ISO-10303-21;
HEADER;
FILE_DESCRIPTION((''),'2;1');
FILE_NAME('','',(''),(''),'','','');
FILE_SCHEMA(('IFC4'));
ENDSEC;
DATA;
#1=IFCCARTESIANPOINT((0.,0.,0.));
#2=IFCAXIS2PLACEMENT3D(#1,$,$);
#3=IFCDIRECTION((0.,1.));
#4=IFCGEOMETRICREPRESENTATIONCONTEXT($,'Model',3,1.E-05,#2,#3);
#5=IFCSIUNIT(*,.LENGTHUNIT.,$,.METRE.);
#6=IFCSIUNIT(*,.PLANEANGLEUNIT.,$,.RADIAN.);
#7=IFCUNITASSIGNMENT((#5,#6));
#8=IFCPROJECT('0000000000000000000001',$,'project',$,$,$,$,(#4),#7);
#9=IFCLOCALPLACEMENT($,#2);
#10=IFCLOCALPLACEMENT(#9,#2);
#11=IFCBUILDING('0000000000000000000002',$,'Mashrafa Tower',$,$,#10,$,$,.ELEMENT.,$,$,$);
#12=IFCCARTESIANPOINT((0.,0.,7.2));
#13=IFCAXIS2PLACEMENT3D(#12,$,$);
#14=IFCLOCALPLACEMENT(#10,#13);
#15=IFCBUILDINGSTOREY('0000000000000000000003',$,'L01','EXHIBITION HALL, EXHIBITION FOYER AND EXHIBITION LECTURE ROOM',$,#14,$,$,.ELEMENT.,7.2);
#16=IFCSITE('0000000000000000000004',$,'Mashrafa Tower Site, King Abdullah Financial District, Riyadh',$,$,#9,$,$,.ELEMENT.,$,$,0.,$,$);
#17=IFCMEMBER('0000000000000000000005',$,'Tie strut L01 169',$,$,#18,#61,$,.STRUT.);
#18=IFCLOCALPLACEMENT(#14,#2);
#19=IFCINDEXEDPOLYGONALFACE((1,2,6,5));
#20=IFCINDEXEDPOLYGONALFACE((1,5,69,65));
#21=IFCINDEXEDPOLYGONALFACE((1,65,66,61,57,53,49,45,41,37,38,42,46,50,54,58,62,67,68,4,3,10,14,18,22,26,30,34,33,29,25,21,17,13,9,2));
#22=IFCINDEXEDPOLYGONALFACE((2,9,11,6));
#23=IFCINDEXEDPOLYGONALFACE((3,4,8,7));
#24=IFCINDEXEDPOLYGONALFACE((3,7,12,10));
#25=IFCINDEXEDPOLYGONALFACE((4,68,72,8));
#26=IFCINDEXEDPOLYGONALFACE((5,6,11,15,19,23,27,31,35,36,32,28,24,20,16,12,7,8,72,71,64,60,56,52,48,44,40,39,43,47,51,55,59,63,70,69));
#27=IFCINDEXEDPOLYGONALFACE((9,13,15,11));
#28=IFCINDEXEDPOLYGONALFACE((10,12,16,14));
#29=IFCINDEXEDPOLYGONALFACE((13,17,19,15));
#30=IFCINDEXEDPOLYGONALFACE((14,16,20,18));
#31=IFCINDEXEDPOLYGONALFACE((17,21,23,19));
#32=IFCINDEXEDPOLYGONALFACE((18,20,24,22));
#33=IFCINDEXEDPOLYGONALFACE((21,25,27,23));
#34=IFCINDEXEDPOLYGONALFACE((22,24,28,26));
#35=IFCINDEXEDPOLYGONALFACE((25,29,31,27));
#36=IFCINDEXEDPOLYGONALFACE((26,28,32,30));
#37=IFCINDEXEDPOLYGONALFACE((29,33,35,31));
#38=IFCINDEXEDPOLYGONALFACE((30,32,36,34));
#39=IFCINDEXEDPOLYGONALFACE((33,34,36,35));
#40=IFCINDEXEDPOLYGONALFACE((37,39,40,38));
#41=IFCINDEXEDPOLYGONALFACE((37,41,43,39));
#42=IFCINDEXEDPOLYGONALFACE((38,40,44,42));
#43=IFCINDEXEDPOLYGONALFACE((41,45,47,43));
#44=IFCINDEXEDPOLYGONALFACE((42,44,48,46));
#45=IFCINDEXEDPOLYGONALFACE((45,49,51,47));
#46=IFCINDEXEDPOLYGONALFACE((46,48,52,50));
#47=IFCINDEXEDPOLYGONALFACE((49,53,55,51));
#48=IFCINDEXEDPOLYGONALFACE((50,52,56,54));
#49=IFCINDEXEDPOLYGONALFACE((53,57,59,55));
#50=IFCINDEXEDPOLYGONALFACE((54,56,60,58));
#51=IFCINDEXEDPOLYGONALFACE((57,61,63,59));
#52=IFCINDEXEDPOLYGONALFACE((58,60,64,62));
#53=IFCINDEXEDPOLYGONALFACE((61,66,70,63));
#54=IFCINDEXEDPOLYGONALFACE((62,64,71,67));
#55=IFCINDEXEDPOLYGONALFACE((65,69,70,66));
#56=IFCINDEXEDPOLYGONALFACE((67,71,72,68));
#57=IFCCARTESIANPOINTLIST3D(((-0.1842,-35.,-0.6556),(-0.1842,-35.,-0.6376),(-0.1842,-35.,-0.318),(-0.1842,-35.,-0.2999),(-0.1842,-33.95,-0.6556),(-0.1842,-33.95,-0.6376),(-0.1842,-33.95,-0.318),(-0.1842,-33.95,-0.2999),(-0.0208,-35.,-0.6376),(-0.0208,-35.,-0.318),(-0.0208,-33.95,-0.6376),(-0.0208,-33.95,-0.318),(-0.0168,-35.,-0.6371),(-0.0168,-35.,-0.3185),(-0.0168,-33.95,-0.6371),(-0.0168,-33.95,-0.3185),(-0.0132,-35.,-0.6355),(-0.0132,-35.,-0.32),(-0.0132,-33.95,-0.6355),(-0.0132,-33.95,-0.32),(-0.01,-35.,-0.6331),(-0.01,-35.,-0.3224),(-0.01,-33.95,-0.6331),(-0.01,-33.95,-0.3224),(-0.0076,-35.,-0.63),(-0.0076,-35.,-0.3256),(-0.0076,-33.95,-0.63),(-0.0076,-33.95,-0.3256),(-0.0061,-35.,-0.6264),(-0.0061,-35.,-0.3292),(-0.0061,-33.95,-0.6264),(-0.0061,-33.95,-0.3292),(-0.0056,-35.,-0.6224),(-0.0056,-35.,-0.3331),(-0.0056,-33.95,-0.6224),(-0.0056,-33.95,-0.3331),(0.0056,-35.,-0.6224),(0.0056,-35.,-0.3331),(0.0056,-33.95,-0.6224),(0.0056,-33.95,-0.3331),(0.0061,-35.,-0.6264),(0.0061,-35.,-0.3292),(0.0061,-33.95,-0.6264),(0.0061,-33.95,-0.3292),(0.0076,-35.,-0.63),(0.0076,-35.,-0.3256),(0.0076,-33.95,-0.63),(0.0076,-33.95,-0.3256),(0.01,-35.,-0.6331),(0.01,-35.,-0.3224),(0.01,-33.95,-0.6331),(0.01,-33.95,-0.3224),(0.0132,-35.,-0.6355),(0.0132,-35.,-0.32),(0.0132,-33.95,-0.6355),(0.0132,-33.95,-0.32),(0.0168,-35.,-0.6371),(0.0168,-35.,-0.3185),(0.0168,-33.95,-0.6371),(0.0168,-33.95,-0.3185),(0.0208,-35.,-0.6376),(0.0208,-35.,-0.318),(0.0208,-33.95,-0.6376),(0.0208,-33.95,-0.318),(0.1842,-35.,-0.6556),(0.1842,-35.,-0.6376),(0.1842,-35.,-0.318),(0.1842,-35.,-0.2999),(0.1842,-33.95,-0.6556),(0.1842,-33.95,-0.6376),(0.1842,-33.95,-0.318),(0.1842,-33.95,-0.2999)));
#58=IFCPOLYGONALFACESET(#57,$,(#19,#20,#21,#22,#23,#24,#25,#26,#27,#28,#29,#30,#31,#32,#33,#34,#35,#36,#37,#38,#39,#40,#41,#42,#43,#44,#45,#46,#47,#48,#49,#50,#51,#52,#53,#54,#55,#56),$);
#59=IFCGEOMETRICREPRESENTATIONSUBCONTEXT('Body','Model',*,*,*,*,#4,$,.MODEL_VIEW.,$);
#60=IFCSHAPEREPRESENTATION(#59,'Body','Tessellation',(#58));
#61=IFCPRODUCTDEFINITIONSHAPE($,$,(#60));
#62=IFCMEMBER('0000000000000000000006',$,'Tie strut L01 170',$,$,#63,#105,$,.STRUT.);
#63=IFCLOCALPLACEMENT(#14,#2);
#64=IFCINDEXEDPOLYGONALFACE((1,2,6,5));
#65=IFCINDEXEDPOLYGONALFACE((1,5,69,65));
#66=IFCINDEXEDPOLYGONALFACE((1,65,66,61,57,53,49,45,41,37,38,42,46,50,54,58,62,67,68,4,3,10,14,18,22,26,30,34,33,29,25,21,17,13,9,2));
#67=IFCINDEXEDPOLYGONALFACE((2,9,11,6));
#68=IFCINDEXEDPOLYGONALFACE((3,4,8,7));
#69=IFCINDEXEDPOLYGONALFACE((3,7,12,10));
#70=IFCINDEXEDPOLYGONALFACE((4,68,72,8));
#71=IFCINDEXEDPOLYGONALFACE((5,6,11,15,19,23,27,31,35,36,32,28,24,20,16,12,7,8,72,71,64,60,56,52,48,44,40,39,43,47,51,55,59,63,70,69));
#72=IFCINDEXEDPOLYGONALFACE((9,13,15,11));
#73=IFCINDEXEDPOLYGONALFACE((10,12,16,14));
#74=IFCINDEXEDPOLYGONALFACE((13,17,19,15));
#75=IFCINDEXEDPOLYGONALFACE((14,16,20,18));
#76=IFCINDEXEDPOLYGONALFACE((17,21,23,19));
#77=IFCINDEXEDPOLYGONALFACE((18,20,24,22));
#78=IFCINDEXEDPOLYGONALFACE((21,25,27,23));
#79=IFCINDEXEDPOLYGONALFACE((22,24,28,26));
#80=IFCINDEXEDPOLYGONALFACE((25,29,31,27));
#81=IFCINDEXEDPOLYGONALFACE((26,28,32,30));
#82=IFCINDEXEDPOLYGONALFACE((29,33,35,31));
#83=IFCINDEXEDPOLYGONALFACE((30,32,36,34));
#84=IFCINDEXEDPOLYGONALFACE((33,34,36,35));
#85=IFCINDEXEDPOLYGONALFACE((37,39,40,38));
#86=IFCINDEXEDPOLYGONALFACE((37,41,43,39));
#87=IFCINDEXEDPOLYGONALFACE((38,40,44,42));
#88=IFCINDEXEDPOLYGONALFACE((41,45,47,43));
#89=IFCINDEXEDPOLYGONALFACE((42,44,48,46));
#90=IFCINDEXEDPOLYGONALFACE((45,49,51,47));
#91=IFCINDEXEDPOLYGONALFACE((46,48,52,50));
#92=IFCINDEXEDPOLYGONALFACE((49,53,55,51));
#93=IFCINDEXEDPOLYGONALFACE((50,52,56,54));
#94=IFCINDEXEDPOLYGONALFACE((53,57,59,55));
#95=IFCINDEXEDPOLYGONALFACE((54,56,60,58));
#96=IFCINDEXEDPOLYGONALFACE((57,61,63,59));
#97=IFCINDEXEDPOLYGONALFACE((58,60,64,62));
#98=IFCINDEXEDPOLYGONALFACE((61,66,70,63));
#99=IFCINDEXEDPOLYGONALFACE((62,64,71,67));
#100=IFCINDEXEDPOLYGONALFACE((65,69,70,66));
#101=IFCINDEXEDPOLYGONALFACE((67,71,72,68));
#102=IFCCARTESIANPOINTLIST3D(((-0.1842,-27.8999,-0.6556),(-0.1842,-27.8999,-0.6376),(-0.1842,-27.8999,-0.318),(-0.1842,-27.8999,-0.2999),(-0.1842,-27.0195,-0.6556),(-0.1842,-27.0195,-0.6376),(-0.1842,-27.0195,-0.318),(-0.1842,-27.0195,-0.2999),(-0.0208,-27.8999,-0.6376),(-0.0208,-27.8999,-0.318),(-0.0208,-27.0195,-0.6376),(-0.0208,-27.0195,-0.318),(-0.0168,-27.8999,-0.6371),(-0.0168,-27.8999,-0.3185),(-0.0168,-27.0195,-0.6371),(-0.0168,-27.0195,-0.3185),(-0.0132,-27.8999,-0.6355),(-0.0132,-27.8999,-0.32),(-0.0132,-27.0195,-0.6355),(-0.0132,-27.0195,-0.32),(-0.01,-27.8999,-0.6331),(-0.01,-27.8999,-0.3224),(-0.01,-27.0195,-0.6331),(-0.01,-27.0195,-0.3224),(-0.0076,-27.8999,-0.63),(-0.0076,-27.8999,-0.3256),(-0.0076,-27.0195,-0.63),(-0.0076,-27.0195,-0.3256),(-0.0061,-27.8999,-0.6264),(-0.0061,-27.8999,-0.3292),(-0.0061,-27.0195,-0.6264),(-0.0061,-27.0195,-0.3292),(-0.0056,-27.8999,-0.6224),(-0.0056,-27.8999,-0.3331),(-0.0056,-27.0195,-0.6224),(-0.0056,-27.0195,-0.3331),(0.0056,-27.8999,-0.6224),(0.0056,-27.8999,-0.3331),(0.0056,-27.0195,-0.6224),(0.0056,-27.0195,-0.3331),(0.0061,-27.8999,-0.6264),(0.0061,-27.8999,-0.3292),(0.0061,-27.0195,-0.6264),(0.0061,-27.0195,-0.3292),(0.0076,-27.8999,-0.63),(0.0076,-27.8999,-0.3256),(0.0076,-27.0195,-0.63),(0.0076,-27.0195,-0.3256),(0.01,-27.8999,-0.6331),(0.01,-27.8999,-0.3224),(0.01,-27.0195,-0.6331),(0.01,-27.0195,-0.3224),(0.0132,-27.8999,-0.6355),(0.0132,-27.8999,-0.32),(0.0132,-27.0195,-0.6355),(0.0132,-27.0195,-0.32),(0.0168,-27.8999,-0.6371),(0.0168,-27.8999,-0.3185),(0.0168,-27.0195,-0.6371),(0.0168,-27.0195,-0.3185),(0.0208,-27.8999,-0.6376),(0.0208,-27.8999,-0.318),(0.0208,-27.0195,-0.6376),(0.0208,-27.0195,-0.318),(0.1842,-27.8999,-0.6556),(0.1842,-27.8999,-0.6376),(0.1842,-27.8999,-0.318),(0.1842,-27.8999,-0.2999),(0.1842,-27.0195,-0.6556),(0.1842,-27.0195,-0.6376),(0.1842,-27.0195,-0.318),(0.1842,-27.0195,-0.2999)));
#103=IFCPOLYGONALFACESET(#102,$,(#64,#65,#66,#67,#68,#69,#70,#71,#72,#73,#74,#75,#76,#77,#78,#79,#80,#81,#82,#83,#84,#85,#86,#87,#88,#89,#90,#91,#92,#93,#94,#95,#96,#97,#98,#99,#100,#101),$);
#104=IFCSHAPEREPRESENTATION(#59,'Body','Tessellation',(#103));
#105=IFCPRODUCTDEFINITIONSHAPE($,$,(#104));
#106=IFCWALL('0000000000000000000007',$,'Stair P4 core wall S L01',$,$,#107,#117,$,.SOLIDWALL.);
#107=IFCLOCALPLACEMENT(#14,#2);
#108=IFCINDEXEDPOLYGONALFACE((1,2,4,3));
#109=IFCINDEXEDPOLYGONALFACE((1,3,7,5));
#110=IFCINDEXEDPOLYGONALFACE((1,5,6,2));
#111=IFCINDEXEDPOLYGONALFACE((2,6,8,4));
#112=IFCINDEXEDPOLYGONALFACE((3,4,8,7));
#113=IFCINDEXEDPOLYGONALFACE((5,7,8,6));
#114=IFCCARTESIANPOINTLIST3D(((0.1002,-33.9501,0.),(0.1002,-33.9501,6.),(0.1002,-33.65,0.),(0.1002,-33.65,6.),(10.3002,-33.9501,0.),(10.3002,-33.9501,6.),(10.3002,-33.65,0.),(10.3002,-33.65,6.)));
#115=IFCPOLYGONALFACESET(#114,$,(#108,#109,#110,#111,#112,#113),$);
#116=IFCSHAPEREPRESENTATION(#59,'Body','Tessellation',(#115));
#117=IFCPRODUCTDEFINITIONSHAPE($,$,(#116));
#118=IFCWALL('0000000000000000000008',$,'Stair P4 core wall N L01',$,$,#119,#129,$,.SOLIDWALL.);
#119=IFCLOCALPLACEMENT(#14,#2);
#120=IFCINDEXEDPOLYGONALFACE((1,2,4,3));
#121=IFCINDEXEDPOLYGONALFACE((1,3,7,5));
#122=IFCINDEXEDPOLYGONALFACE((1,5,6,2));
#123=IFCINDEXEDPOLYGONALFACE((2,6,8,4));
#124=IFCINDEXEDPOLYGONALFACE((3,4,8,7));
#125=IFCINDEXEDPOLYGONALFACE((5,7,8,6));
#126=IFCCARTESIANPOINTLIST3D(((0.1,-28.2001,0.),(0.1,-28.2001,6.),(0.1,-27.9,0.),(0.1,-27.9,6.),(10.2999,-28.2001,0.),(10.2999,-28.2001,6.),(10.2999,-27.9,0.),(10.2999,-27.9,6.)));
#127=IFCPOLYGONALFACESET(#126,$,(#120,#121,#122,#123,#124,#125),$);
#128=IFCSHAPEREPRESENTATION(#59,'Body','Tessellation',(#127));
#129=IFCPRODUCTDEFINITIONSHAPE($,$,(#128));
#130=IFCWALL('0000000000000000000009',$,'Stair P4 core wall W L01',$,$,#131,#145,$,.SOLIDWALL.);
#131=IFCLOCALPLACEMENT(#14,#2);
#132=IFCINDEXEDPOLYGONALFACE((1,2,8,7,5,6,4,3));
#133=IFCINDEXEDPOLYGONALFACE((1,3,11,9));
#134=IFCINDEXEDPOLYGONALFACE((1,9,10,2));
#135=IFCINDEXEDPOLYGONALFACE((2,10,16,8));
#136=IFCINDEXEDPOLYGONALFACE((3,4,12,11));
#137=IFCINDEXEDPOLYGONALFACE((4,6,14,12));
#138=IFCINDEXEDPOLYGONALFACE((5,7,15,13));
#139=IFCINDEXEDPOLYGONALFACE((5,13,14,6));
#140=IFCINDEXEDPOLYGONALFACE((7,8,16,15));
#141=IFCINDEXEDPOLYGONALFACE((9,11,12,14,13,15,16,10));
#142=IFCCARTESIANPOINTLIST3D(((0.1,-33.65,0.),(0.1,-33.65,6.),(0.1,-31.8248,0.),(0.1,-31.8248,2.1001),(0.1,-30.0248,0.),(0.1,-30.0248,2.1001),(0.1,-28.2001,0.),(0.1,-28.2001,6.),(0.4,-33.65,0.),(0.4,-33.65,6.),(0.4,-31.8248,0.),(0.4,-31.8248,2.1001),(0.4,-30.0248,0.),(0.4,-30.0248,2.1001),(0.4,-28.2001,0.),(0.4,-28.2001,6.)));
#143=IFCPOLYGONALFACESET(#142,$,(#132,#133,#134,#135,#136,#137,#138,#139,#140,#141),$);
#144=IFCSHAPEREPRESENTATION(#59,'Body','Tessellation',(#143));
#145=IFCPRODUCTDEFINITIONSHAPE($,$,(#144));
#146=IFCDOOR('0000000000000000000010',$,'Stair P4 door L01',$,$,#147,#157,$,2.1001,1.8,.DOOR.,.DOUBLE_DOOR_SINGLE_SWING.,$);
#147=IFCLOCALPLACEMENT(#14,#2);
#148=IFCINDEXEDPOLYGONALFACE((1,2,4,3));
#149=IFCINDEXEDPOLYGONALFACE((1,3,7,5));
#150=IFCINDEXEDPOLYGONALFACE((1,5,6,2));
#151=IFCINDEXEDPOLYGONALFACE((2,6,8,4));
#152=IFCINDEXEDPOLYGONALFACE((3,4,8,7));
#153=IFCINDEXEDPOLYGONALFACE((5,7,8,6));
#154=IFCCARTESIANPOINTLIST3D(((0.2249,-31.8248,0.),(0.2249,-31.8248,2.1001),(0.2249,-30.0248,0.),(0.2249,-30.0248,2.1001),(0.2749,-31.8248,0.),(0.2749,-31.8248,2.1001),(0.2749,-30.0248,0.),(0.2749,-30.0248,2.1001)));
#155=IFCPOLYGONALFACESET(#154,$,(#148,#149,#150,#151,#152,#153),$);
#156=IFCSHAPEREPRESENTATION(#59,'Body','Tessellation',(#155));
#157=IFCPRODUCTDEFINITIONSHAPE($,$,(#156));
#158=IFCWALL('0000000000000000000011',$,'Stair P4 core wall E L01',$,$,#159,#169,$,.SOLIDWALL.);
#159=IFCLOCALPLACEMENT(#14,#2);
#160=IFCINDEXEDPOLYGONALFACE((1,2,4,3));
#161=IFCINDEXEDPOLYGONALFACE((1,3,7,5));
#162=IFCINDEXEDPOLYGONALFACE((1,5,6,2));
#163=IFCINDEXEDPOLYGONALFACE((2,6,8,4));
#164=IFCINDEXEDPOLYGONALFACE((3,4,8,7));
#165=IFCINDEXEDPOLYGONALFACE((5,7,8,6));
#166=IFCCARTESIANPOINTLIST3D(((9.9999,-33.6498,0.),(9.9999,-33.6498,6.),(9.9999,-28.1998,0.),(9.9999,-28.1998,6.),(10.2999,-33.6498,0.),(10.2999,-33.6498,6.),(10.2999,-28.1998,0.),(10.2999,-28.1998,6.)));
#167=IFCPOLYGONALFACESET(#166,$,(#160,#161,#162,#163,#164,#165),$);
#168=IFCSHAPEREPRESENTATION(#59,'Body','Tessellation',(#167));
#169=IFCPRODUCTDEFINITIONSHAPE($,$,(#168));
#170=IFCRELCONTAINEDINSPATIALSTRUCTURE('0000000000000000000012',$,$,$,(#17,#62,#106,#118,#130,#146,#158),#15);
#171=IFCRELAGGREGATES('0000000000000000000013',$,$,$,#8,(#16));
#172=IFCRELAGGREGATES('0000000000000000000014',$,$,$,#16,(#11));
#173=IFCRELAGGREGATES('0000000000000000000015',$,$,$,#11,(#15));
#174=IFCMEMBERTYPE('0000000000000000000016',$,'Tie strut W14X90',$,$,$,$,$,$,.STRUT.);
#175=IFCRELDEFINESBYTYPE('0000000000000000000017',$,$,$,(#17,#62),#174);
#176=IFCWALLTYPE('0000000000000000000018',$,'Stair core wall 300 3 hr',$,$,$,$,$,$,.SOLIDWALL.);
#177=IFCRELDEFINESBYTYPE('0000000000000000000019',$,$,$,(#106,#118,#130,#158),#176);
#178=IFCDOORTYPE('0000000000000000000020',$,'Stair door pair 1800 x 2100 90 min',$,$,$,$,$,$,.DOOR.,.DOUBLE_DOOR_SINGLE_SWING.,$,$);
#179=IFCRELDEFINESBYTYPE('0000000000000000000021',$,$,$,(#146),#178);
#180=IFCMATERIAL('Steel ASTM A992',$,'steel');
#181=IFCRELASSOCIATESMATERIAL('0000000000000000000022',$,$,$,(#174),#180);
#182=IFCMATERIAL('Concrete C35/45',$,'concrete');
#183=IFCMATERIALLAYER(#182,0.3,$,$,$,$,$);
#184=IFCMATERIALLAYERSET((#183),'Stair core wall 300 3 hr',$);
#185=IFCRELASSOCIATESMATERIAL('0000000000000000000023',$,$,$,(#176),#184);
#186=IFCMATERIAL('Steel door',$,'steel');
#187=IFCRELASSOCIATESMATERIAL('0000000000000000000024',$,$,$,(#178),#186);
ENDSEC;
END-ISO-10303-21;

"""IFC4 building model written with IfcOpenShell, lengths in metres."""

from ifc_helpers import new_model, si_unit, direction, frame, frame_2d, origin, origin_2d, place, context, subcontext, project, spatial, rectangle, i_section, extrude, source, transform, mapped, material, layer, layer_set, material_profile, profile_set, type_object, type_shapes, element, fill, save


model = new_model("IFC4")

# Units and contexts
model_context = context("Model", 3, precision=1e-05, world=origin(), true_north=direction((0.0, 1.0)))
body_context = subcontext(model_context, "Body", "Model", "MODEL_VIEW")
ifc_project = project(units=[si_unit("LENGTHUNIT", "METRE"), si_unit("PLANEANGLEUNIT", "RADIAN")], contexts=[model_context])

# Site, building, storey
site_placement = place(None, origin())
site = spatial("IfcSite", under=ifc_project, at=site_placement, Name="Mashrafa Tower Site, King Abdullah Financial District, Riyadh", CompositionType="ELEMENT", RefElevation=0.0)
building_placement = place(site_placement, origin())
building = spatial("IfcBuilding", under=site, at=building_placement, Name="Mashrafa Tower", CompositionType="ELEMENT")
storey_placement = place(building_placement, frame((0.0, 0.0, 7.2)))
storey = spatial("IfcBuildingStorey", under=building, at=storey_placement, Name="L01", Description="EXHIBITION HALL, EXHIBITION FOYER AND EXHIBITION LECTURE ROOM", CompositionType="ELEMENT", Elevation=7.2)

# Members
ifc_material_1 = material(Name="Steel ASTM A992", Category="steel")
ifc_material_profile_1 = material_profile(ifc_material_1, i_section(OverallWidth=0.3684, OverallDepth=0.3557, WebThickness=0.0112, FlangeThickness=0.0181, FilletRadius=0.0151, at=origin_2d()), Name="W14X90")
ifc_profile_set_1 = profile_set([ifc_material_profile_1], Name="Steel ASTM A992")
member_type_1 = type_object("IfcMemberType", Name="Tie strut W14X90", PredefinedType="STRUT", material=ifc_profile_set_1)
shared_shape_1 = source(origin(), body_context, "Body", "SweptSolid", [
    extrude(i_section(OverallWidth=0.3684, OverallDepth=0.3557, WebThickness=0.0112, FlangeThickness=0.0181, FilletRadius=0.0151, at=origin_2d()), origin(), (0.0, 0.0, 1.0), 1.05),
])
member_1_placement = place(storey_placement, frame((0.0, -33.95, -0.4778), z_axis=(0.0, -1.0, 0.0), x_axis=(1.0, 0.0, 0.0)))
element("IfcMember", 1, at=member_1_placement, inside=storey, type_object=member_type_1, Name="Tie strut L01 169", PredefinedType="STRUT", context=body_context, shape_type="MappedRepresentation", body=[
    mapped(shared_shape_1, transform((0.0, 0.0, 0.0))),
])
shared_shape_2 = source(origin(), body_context, "Body", "SweptSolid", [
    extrude(i_section(OverallWidth=0.3684, OverallDepth=0.3557, WebThickness=0.0112, FlangeThickness=0.0181, FilletRadius=0.0151, at=origin_2d()), origin(), (0.0, 0.0, 1.0), 0.8804),
])
type_shapes(member_type_1, [shared_shape_1, shared_shape_2])
member_2_placement = place(storey_placement, frame((0.0, -27.0195, -0.4778), z_axis=(0.0, -1.0, 0.0), x_axis=(1.0, 0.0, 0.0)))
element("IfcMember", 2, at=member_2_placement, inside=storey, type_object=member_type_1, Name="Tie strut L01 170", PredefinedType="STRUT", context=body_context, shape_type="MappedRepresentation", body=[
    mapped(shared_shape_2, transform((0.0, 0.0, 0.0))),
])

# Walls
ifc_material_2 = material(Name="Concrete C35/45", Category="concrete")
ifc_layer = layer(ifc_material_2, 0.3)
ifc_layer_set = layer_set([ifc_layer], Name="Stair core wall 300 3 hr")
wall_type = type_object("IfcWallType", Name="Stair core wall 300 3 hr", PredefinedType="SOLIDWALL", material=ifc_layer_set)
for number, where, z_axis, x_axis, name in (
    (3, (0.1001, -33.8, 0.0), (0.0, 0.0, 1.0), (1.0, 0.0, 0.0), "Stair P4 core wall S L01"),
    (4, (10.3, -28.05, 0.0), (0.0, 0.0, 1.0), (-1.0, 0.0, 0.0), "Stair P4 core wall N L01"),
):
    element("IfcWall", number, at=place(storey_placement, frame(where, z_axis=z_axis, x_axis=x_axis)), inside=storey, type_object=wall_type, Name=name, PredefinedType="SOLIDWALL", context=body_context, shape_type="SweptSolid", body=[
        extrude(rectangle(XDim=10.2, YDim=0.3, at=frame_2d((5.1001, 0.0))), origin(), (0.0, 0.0, 1.0), 6.0),
    ])

# Wall, opening, door
wall_1_placement = place(storey_placement, frame((0.25, -28.2, 0.0), z_axis=(0.0, 0.0, 1.0), x_axis=(0.0, -1.0, 0.0)))
wall_1 = element("IfcWall", 5, at=wall_1_placement, inside=storey, type_object=wall_type, Name="Stair P4 core wall W L01", PredefinedType="SOLIDWALL", context=body_context, shape_type="SweptSolid", body=[
    extrude(rectangle(XDim=5.45, YDim=0.3, at=frame_2d((2.7251, 0.0))), origin(), (0.0, 0.0, 1.0), 6.0),
])
opening_placement = place(wall_1_placement, frame((1.825, 0.0, 0.0)))
opening = element("IfcOpeningElement", 6, at=opening_placement, cuts=wall_1, PredefinedType="OPENING", context=body_context, shape_type="SweptSolid", body=[
    extrude(rectangle(XDim=1.8, YDim=2.1001, at=frame_2d((0.8999, 1.05))), frame((0.0, 0.1599, 0.0), z_axis=(0.0, -1.0, 0.0), x_axis=(1.0, 0.0, 0.0)), (0.0, 0.0, 1.0), 0.3201),
])
ifc_material_3 = material(Name="Steel door", Category="steel")
door_type = type_object("IfcDoorType", Name="Stair door pair 1800 x 2100 90 min", OperationType="DOUBLE_DOOR_SINGLE_SWING", PredefinedType="DOOR", material=ifc_material_3)
door_placement = place(opening_placement, origin())
door = element("IfcDoor", 7, at=door_placement, inside=storey, type_object=door_type, Name="Stair P4 door L01", OperationType="DOUBLE_DOOR_SINGLE_SWING", OverallHeight=2.1001, OverallWidth=1.8, PredefinedType="DOOR", context=body_context, shape_type="SweptSolid", body=[
    extrude(rectangle(XDim=1.8, YDim=2.1001, at=frame_2d((0.8999, 1.05))), frame((0.0, 0.0249, 0.0), z_axis=(0.0, -1.0, 0.0), x_axis=(1.0, 0.0, 0.0)), (0.0, 0.0, 1.0), 0.05),
])
fill(opening, door)

# Wall
wall_2_placement = place(storey_placement, frame((10.1499, -33.6499, 0.0), z_axis=(0.0, 0.0, 1.0), x_axis=(0.0, 1.0, 0.0)))
element("IfcWall", 8, at=wall_2_placement, inside=storey, type_object=wall_type, Name="Stair P4 core wall E L01", PredefinedType="SOLIDWALL", context=body_context, shape_type="SweptSolid", body=[
    extrude(rectangle(XDim=5.45, YDim=0.3, at=frame_2d((2.7251, 0.0))), origin(), (0.0, 0.0, 1.0), 6.0),
])

save(model, "model.ifc")
